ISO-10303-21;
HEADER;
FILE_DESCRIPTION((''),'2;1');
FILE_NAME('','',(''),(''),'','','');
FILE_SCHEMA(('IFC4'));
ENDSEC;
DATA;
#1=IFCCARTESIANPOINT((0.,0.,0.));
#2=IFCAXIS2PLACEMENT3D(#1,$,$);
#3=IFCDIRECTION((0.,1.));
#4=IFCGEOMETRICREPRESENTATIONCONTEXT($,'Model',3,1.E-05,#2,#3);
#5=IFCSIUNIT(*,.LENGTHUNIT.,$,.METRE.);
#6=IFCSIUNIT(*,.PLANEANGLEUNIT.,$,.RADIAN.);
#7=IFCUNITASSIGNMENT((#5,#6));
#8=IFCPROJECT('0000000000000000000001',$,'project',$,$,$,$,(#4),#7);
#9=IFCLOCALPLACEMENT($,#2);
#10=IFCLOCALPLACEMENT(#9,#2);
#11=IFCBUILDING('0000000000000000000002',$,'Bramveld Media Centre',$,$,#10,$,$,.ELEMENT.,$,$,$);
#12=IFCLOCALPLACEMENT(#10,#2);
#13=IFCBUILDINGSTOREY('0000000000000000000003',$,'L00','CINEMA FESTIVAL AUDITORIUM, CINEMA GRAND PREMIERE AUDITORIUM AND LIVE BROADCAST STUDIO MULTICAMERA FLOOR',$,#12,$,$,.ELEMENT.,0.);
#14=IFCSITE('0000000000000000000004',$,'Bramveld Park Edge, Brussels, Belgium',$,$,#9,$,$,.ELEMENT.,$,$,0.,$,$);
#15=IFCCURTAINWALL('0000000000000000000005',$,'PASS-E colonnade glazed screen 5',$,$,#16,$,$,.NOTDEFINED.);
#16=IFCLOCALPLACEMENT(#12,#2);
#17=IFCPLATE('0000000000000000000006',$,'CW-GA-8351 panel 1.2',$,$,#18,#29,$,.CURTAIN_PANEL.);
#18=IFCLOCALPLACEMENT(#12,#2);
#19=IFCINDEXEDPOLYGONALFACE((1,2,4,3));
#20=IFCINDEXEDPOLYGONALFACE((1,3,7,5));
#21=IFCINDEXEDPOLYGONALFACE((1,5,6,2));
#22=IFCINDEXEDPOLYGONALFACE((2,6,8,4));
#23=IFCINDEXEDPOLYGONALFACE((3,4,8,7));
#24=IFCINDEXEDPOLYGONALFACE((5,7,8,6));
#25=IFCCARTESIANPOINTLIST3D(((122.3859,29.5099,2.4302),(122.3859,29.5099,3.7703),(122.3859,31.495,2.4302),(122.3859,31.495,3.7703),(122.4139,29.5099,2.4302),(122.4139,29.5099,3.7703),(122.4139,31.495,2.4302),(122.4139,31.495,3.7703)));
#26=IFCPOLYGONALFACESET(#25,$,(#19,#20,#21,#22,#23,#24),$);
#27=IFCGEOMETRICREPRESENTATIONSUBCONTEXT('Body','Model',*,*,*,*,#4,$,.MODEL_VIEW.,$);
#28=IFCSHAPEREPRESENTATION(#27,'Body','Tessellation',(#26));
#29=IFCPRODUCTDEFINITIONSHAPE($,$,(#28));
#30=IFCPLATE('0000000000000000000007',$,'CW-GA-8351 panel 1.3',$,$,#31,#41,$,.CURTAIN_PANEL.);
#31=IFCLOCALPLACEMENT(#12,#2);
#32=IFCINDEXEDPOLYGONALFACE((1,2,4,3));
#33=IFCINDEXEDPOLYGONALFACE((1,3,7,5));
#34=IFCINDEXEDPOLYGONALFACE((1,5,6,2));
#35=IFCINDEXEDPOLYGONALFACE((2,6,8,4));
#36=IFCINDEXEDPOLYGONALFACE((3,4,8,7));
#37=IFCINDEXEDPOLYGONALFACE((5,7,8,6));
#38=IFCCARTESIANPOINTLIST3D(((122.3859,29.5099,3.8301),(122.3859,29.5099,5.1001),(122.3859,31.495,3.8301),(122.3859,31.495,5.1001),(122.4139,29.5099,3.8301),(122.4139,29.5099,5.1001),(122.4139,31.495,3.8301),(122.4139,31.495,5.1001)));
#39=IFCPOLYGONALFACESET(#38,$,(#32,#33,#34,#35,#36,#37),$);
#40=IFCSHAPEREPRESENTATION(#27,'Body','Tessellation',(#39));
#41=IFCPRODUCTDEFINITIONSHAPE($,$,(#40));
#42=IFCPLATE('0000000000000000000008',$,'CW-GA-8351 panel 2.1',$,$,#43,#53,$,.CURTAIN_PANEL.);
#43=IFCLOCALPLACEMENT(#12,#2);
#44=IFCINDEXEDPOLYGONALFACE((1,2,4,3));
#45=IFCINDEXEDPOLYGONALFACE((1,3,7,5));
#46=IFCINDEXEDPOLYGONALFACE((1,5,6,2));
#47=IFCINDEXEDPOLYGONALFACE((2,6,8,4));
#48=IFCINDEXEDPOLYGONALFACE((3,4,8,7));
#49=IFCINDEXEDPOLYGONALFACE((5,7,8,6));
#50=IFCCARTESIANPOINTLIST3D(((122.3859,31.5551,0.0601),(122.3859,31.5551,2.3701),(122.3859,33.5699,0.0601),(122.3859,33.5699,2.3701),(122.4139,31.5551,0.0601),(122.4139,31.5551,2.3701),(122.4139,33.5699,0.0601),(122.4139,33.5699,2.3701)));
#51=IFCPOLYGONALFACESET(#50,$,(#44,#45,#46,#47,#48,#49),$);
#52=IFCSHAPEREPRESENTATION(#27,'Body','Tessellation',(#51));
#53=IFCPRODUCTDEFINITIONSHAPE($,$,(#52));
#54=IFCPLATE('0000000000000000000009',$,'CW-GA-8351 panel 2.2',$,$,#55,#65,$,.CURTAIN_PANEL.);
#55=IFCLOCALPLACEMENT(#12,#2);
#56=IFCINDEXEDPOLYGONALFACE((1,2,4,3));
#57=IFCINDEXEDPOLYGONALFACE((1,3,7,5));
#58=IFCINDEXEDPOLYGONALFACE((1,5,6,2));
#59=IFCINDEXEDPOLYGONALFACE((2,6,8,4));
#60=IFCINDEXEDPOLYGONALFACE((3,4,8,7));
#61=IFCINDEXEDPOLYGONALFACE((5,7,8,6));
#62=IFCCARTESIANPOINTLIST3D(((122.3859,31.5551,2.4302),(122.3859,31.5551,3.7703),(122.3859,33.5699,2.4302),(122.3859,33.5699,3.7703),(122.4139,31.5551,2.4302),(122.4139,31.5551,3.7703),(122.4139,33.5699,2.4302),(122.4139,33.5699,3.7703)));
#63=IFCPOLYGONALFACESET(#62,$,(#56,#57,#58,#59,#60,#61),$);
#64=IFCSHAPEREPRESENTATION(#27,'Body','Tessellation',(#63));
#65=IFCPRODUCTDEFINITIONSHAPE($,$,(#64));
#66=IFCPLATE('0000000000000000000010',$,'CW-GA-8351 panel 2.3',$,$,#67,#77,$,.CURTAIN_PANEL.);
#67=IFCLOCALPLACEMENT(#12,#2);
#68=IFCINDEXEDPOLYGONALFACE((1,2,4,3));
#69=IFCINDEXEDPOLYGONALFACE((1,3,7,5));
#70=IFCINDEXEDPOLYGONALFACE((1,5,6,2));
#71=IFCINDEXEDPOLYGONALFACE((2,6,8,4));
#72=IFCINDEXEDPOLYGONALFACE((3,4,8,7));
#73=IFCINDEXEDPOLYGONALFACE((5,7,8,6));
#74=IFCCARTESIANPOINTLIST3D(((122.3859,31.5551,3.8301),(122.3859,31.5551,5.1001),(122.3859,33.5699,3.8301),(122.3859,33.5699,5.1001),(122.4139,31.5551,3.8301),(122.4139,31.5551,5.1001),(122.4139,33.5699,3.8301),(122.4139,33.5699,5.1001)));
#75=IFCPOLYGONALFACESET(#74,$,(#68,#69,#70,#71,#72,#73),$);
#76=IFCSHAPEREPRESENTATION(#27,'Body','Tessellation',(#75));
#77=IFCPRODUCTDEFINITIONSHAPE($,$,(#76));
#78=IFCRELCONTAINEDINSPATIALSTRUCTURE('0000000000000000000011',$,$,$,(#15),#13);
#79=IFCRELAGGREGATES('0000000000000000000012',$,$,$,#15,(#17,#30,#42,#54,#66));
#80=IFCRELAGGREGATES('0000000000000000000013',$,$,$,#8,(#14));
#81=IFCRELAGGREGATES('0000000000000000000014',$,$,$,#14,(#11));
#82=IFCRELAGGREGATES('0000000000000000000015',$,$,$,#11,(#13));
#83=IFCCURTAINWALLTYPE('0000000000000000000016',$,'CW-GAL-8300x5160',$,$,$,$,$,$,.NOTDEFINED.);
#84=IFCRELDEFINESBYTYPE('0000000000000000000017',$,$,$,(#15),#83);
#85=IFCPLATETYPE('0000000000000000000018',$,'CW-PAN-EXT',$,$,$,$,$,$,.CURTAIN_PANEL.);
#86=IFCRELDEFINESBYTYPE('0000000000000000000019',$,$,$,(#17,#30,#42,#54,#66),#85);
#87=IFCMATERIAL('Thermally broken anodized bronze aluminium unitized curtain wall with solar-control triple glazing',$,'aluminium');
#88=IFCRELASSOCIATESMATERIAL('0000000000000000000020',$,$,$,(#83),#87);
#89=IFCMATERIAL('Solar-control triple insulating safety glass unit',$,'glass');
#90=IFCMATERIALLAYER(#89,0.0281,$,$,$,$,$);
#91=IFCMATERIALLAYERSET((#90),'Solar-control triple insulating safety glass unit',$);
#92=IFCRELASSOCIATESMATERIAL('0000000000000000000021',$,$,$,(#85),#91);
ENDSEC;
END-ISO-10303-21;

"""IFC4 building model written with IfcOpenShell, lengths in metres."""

from ifc_helpers import new_model, si_unit, direction, frame, origin, origin_2d, place, context, subcontext, project, spatial, rectangle, extrude, material, layer, layer_set, type_object, element, aggregate, save


model = new_model("IFC4")

# Units and contexts
model_context = context("Model", 3, precision=1e-05, world=origin(), true_north=direction((0.0, 1.0)))
body_context = subcontext(model_context, "Body", "Model", "MODEL_VIEW")
ifc_project = project(units=[si_unit("LENGTHUNIT", "METRE"), si_unit("PLANEANGLEUNIT", "RADIAN")], contexts=[model_context])

# Site, building, storey
site_placement = place(None, origin())
site = spatial("IfcSite", under=ifc_project, at=site_placement, Name="Bramveld Park Edge, Brussels, Belgium", CompositionType="ELEMENT", RefElevation=0.0)
building_placement = place(site_placement, origin())
building = spatial("IfcBuilding", under=site, at=building_placement, Name="Bramveld Media Centre", CompositionType="ELEMENT")
storey_placement = place(building_placement, origin())
storey = spatial("IfcBuildingStorey", under=building, at=storey_placement, Name="L00", Description="CINEMA FESTIVAL AUDITORIUM, CINEMA GRAND PREMIERE AUDITORIUM AND LIVE BROADCAST STUDIO MULTICAMERA FLOOR", CompositionType="ELEMENT", Elevation=0.0)

# Curtain wall
ifc_material_1 = material(Name="Thermally broken anodized bronze aluminium unitized curtain wall with solar-control triple glazing", Category="aluminium")
curtain_wall_type_1 = type_object("IfcCurtainWallType", Name="CW-GAL-8300x5160", PredefinedType="NOTDEFINED", material=ifc_material_1)
curtain_wall_1_placement = place(storey_placement, origin())
curtain_wall_1 = element("IfcCurtainWall", 1, at=curtain_wall_1_placement, inside=storey, type_object=curtain_wall_type_1, Name="PASS-E colonnade glazed screen 5", PredefinedType="NOTDEFINED")

# Plates
ifc_material_2 = material(Name="Solar-control triple insulating safety glass unit", Category="glass")
ifc_layer = layer(ifc_material_2, 0.0281)
ifc_layer_set = layer_set([ifc_layer], Name="Solar-control triple insulating safety glass unit")
plate_type = type_object("IfcPlateType", Name="CW-PAN-EXT", PredefinedType="CURTAIN_PANEL", material=ifc_layer_set)
plate_1_placement = place(storey_placement, frame((122.3999, 30.5024, 2.4302), z_axis=(0.0, 0.0, 1.0), x_axis=(0.0, 1.0, 0.0)))
plate_1 = element("IfcPlate", 2, at=plate_1_placement, type_object=plate_type, Name="CW-GA-8351 panel 1.2", PredefinedType="CURTAIN_PANEL", context=body_context, shape_type="SweptSolid", body=[
    extrude(rectangle(XDim=1.9851, YDim=0.0281, at=origin_2d()), origin(), (0.0, 0.0, 1.0), 1.3401),
])
plate_2_placement = place(storey_placement, frame((122.3999, 30.5024, 3.8301), z_axis=(0.0, 0.0, 1.0), x_axis=(0.0, 1.0, 0.0)))
plate_2 = element("IfcPlate", 3, at=plate_2_placement, type_object=plate_type, Name="CW-GA-8351 panel 1.3", PredefinedType="CURTAIN_PANEL", context=body_context, shape_type="SweptSolid", body=[
    extrude(rectangle(XDim=1.9851, YDim=0.0281, at=origin_2d()), origin(), (0.0, 0.0, 1.0), 1.27),
])
plate_3_placement = place(storey_placement, frame((122.3999, 32.5625, 0.0601), z_axis=(0.0, 0.0, 1.0), x_axis=(0.0, 1.0, 0.0)))
plate_3 = element("IfcPlate", 4, at=plate_3_placement, type_object=plate_type, Name="CW-GA-8351 panel 2.1", PredefinedType="CURTAIN_PANEL", context=body_context, shape_type="SweptSolid", body=[
    extrude(rectangle(XDim=2.0149, YDim=0.0281, at=origin_2d()), origin(), (0.0, 0.0, 1.0), 2.3101),
])
plate_4_placement = place(storey_placement, frame((122.3999, 32.5625, 2.4302), z_axis=(0.0, 0.0, 1.0), x_axis=(0.0, 1.0, 0.0)))
plate_4 = element("IfcPlate", 5, at=plate_4_placement, type_object=plate_type, Name="CW-GA-8351 panel 2.2", PredefinedType="CURTAIN_PANEL", context=body_context, shape_type="SweptSolid", body=[
    extrude(rectangle(XDim=2.0149, YDim=0.0281, at=origin_2d()), origin(), (0.0, 0.0, 1.0), 1.3401),
])
plate_5_placement = place(storey_placement, frame((122.3999, 32.5625, 3.8301), z_axis=(0.0, 0.0, 1.0), x_axis=(0.0, 1.0, 0.0)))
plate_5 = element("IfcPlate", 6, at=plate_5_placement, type_object=plate_type, Name="CW-GA-8351 panel 2.3", PredefinedType="CURTAIN_PANEL", context=body_context, shape_type="SweptSolid", body=[
    extrude(rectangle(XDim=2.0149, YDim=0.0281, at=origin_2d()), origin(), (0.0, 0.0, 1.0), 1.27),
])
aggregate(curtain_wall_1, [plate_1, plate_2, plate_3, plate_4, plate_5])

save(model, "model.ifc")
